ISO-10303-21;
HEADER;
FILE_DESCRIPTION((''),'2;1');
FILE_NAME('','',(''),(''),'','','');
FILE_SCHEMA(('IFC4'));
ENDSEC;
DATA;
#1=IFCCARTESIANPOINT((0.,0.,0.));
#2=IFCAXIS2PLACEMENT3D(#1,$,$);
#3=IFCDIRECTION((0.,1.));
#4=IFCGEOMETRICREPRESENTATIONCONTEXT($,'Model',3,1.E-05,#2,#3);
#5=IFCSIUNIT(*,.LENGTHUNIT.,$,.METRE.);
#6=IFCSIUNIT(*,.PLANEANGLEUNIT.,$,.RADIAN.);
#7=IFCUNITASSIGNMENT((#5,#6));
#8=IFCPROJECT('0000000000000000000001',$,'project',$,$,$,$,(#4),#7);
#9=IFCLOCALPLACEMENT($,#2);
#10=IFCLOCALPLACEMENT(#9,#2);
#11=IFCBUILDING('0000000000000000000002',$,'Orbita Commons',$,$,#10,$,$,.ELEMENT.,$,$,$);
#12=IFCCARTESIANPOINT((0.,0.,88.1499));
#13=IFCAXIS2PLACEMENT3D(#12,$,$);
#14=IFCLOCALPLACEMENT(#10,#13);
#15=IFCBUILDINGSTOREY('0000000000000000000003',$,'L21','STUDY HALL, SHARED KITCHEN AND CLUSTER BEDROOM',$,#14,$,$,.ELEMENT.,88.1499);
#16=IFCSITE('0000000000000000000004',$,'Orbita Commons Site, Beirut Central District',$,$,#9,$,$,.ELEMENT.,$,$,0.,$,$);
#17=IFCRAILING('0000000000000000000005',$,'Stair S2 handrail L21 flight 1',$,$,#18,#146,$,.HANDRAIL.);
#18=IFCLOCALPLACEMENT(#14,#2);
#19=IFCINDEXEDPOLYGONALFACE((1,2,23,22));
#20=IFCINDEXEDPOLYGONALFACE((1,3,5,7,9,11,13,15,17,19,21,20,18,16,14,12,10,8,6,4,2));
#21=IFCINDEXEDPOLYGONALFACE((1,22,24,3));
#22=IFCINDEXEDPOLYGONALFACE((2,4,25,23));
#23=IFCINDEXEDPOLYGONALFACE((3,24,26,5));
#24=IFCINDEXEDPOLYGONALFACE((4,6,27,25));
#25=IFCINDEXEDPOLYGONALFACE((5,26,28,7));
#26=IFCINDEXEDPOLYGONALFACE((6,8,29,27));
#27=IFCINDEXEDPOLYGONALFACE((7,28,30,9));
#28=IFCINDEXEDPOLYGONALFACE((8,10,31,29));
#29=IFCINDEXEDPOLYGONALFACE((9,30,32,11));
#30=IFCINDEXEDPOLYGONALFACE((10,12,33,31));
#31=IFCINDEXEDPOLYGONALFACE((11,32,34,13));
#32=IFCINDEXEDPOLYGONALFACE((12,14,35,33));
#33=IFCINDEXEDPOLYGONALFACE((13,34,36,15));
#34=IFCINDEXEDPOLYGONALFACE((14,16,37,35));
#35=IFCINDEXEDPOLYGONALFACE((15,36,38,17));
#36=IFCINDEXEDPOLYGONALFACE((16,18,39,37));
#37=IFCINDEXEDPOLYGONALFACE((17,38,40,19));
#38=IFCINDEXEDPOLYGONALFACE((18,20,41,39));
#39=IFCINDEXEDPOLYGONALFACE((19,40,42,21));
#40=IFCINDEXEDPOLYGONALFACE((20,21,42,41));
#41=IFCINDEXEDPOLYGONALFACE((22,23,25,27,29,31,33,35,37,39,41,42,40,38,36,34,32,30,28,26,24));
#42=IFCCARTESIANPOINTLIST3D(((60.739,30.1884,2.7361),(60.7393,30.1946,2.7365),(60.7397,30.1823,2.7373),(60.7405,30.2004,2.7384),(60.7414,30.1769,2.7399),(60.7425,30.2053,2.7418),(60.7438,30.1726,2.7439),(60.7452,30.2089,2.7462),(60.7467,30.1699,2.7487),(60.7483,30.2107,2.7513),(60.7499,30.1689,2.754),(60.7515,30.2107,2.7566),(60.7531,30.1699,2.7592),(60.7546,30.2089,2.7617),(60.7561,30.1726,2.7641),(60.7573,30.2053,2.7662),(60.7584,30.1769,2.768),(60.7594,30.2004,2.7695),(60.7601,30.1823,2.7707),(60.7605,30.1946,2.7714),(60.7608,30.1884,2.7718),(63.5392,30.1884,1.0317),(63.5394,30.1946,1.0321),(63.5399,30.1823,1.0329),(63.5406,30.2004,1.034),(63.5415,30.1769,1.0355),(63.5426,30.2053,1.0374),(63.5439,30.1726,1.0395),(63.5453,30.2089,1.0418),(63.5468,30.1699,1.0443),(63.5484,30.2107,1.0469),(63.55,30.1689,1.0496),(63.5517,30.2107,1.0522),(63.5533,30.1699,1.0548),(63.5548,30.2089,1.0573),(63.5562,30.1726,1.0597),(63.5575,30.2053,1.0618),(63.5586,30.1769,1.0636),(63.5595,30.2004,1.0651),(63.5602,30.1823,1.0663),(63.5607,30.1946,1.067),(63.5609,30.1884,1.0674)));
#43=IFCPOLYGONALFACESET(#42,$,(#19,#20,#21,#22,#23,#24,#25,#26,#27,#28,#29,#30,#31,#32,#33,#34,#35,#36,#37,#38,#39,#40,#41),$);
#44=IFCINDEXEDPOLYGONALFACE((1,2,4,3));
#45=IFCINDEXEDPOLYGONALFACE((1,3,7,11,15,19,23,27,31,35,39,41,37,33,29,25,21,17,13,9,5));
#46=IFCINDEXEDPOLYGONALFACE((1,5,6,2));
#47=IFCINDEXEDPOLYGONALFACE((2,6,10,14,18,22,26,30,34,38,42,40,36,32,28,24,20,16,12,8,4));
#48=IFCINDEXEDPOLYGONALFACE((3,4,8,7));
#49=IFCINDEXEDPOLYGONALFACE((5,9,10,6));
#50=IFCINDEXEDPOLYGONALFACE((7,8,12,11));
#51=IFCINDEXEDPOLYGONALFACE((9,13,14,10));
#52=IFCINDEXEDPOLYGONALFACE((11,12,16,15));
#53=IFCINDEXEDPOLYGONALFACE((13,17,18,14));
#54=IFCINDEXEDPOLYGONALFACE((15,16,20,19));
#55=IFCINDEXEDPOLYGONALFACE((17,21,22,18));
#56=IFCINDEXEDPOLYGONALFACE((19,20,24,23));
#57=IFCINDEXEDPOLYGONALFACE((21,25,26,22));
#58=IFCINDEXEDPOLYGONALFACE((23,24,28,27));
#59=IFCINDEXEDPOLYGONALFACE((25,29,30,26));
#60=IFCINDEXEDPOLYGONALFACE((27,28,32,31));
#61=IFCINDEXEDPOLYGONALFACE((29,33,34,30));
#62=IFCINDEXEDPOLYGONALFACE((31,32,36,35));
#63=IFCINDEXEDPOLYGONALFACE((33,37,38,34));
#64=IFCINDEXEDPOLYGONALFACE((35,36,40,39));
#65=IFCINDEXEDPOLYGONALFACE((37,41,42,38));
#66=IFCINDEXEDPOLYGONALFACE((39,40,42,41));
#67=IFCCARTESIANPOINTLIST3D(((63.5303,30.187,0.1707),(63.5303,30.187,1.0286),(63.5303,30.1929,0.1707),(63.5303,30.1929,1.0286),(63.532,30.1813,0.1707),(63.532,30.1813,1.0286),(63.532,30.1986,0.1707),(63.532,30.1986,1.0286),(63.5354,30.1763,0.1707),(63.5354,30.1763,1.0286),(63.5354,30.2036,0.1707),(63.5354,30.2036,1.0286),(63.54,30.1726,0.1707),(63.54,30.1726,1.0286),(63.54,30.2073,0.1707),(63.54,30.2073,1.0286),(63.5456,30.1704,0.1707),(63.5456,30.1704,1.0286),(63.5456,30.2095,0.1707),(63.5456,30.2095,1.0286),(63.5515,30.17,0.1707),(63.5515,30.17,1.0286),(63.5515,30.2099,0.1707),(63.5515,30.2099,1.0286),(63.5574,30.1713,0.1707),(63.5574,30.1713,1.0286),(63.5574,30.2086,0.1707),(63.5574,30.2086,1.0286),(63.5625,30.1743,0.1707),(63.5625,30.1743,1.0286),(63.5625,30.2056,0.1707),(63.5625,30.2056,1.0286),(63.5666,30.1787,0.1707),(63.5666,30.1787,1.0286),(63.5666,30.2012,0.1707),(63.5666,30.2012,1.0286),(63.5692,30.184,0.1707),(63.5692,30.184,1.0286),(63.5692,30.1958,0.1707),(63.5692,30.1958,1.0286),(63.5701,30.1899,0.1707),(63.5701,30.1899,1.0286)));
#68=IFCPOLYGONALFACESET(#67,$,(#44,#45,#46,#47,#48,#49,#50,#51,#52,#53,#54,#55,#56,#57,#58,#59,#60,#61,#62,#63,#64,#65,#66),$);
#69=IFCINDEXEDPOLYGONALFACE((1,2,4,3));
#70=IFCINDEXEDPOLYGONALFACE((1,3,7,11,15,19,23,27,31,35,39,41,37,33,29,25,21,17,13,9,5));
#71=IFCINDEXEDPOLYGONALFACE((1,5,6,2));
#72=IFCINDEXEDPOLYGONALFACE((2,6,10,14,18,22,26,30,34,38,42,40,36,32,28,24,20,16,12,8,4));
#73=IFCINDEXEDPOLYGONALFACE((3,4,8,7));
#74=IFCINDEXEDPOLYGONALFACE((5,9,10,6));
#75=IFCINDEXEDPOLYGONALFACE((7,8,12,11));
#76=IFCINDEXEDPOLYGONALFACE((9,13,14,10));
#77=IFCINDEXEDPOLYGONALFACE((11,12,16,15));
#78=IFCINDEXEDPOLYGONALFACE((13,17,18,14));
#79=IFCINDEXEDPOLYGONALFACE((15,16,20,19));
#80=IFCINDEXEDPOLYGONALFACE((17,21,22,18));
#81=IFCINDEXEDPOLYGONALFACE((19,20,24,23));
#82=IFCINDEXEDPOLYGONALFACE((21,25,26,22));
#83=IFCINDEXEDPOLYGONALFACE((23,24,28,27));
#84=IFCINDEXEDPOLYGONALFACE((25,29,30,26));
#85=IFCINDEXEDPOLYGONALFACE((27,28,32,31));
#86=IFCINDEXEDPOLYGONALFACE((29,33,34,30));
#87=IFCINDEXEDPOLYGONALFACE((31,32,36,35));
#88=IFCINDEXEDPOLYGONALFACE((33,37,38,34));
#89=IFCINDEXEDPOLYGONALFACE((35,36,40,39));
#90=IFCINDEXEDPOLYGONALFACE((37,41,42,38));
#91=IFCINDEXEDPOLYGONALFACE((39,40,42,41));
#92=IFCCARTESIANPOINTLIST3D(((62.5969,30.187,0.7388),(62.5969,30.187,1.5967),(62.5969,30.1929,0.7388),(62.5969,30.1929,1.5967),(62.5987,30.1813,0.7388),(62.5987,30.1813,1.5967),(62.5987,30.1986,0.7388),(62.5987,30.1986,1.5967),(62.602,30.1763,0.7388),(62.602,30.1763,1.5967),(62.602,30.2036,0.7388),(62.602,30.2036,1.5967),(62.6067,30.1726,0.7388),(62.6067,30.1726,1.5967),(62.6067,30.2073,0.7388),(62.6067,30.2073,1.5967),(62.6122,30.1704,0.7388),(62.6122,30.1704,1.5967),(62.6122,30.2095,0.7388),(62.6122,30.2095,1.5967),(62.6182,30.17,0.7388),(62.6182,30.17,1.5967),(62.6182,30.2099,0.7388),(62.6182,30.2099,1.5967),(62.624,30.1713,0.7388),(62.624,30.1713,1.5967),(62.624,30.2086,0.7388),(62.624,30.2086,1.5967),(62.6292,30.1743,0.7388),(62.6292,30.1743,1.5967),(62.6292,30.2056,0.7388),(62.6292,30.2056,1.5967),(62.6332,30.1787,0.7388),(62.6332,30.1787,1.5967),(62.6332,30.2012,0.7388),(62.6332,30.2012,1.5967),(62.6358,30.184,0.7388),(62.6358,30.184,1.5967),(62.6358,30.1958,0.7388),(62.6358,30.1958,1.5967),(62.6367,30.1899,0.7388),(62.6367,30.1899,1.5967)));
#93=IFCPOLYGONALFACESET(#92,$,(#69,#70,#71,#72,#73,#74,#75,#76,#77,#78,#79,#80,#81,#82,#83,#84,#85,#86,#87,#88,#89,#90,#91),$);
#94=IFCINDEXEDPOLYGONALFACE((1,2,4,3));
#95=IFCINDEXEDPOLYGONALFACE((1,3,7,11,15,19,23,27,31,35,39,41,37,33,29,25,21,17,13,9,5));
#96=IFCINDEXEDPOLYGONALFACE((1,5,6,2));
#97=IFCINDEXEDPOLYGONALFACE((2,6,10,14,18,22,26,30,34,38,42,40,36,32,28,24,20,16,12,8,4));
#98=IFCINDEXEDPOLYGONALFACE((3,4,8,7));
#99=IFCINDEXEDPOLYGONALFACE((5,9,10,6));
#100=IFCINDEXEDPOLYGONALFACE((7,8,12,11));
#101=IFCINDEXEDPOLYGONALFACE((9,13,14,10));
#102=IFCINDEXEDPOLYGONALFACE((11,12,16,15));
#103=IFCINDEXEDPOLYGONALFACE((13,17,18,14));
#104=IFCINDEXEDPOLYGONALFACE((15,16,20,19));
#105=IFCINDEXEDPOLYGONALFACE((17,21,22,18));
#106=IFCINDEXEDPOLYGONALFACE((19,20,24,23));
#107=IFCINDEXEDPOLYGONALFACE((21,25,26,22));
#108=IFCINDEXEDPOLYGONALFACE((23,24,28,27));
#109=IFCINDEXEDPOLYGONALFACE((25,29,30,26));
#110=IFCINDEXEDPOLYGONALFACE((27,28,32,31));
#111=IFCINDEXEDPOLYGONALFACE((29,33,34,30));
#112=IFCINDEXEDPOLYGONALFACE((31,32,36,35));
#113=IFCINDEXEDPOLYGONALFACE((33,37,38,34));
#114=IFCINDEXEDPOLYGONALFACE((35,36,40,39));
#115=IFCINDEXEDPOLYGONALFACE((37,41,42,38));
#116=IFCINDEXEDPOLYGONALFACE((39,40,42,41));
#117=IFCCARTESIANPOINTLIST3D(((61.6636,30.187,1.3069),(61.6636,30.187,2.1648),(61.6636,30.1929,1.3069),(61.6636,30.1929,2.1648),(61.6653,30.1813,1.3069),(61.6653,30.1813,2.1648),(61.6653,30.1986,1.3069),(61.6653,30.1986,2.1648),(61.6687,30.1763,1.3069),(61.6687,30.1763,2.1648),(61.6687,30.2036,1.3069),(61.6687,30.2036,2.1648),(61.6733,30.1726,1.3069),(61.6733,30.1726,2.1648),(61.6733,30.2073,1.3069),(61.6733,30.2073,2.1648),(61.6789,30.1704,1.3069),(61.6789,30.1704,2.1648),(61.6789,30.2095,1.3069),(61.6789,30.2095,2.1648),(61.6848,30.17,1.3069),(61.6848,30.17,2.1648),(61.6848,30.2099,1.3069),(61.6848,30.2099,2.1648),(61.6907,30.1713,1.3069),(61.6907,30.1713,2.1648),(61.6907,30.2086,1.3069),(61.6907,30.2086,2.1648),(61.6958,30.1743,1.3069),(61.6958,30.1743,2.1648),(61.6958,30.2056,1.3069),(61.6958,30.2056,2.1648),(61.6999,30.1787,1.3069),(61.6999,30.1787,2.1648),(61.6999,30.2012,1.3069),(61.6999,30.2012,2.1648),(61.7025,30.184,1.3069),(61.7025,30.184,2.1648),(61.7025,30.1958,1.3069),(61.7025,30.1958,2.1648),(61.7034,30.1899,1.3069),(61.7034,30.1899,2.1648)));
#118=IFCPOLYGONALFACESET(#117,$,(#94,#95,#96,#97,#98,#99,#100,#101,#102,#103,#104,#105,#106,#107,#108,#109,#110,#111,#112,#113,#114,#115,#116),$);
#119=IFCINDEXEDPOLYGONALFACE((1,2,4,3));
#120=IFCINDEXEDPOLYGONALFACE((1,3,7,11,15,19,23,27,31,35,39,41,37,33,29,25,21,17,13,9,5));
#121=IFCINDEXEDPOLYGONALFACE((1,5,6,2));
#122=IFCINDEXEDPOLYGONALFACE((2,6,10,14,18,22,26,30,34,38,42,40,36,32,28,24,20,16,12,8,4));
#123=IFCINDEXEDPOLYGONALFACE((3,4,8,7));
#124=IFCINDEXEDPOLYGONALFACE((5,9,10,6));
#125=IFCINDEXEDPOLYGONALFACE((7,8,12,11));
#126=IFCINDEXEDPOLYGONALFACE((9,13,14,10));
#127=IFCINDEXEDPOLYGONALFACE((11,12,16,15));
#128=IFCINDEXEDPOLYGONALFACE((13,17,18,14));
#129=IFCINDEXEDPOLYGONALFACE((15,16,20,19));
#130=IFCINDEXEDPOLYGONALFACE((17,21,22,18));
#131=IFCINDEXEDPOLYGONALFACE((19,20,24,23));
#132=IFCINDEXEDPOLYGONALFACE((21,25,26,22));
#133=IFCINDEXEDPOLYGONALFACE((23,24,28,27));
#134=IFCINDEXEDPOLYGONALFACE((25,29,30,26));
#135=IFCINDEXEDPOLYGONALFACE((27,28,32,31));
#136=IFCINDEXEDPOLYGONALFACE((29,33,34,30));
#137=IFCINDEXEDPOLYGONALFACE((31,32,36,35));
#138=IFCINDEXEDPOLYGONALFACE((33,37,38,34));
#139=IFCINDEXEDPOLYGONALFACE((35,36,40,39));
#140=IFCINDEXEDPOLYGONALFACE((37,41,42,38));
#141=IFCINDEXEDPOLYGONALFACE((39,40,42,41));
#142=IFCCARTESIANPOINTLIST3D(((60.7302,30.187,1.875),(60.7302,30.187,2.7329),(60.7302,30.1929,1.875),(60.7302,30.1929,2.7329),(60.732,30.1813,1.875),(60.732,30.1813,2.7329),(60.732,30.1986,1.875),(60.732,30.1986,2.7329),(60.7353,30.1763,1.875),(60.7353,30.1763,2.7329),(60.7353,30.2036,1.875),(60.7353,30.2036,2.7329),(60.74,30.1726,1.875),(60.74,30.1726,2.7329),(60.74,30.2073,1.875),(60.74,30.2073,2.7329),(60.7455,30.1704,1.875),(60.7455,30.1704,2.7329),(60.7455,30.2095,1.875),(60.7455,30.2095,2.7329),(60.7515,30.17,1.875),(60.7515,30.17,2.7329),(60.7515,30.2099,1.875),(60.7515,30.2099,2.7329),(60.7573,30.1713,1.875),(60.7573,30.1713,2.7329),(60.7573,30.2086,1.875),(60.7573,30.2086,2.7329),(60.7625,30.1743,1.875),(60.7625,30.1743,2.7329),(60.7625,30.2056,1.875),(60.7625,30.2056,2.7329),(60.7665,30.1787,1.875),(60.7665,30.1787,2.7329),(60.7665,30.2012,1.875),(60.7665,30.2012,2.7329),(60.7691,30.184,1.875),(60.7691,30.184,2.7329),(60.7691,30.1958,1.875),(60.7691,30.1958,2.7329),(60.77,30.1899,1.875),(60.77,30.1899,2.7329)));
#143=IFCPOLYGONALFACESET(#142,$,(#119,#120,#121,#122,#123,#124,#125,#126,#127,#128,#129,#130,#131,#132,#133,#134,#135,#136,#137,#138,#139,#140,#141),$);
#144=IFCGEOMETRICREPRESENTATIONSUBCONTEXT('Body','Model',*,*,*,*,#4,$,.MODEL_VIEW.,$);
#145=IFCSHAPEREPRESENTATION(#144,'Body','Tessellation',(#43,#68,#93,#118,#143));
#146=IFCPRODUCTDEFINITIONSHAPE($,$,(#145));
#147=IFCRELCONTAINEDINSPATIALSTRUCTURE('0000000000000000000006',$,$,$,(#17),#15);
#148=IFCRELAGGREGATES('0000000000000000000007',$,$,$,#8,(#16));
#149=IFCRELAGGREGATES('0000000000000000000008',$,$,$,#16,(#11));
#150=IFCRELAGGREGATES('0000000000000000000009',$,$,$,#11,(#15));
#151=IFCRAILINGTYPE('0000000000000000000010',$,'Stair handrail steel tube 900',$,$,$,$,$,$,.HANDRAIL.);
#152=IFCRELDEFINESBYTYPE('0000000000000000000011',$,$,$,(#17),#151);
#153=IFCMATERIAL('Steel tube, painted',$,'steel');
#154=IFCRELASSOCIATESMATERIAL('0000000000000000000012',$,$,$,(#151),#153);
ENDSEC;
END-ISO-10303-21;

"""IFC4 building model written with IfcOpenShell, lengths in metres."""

from ifc_helpers import new_model, si_unit, direction, frame, origin, origin_2d, place, context, subcontext, project, spatial, circle, extrude, material, type_object, element, save


model = new_model("IFC4")

# Units and contexts
model_context = context("Model", 3, precision=1e-05, world=origin(), true_north=direction((0.0, 1.0)))
body_context = subcontext(model_context, "Body", "Model", "MODEL_VIEW")
ifc_project = project(units=[si_unit("LENGTHUNIT", "METRE"), si_unit("PLANEANGLEUNIT", "RADIAN")], contexts=[model_context])

# Site, building, storey
site_placement = place(None, origin())
site = spatial("IfcSite", under=ifc_project, at=site_placement, Name="Orbita Commons Site, Beirut Central District", CompositionType="ELEMENT", RefElevation=0.0)
building_placement = place(site_placement, origin())
building = spatial("IfcBuilding", under=site, at=building_placement, Name="Orbita Commons", CompositionType="ELEMENT")
storey_placement = place(building_placement, frame((0.0, 0.0, 88.1499)))
storey = spatial("IfcBuildingStorey", under=building, at=storey_placement, Name="L21", Description="STUDY HALL, SHARED KITCHEN AND CLUSTER BEDROOM", CompositionType="ELEMENT", Elevation=88.1499)

# Railing
ifc_material_1 = material(Name="Steel tube, painted", Category="steel")
railing_type = type_object("IfcRailingType", Name="Stair handrail steel tube 900", PredefinedType="HANDRAIL", material=ifc_material_1)
for number, where, name in (
    (1, (63.55, 30.1899, 0.1707), "Stair S2 handrail L21 flight 1"),
):
    element("IfcRailing", number, at=place(storey_placement, frame(where)), inside=storey, type_object=railing_type, Name=name, PredefinedType="HANDRAIL", context=body_context, shape_type="SweptSolid", body=[
        extrude(circle(Radius=0.021, at=origin_2d()), frame((0.0, 0.0, 0.8789), z_axis=(-0.854203, 0.0, 0.51994), x_axis=(0.0, -1.0, 0.0)), (0.0, 0.0, 1.0), 3.2781),
        extrude(circle(Radius=0.02, at=origin_2d()), origin(), (0.0, 0.0, 1.0), 0.8579),
        extrude(circle(Radius=0.02, at=origin_2d()), frame((-0.9333, 0.0, 0.5681)), (0.0, 0.0, 1.0), 0.8579),
        extrude(circle(Radius=0.02, at=origin_2d()), frame((-1.8667, 0.0, 1.1362)), (0.0, 0.0, 1.0), 0.8579),
        extrude(circle(Radius=0.02, at=origin_2d()), frame((-2.8, 0.0, 1.7043)), (0.0, 0.0, 1.0), 0.8579),
    ])

save(model, "model.ifc")
